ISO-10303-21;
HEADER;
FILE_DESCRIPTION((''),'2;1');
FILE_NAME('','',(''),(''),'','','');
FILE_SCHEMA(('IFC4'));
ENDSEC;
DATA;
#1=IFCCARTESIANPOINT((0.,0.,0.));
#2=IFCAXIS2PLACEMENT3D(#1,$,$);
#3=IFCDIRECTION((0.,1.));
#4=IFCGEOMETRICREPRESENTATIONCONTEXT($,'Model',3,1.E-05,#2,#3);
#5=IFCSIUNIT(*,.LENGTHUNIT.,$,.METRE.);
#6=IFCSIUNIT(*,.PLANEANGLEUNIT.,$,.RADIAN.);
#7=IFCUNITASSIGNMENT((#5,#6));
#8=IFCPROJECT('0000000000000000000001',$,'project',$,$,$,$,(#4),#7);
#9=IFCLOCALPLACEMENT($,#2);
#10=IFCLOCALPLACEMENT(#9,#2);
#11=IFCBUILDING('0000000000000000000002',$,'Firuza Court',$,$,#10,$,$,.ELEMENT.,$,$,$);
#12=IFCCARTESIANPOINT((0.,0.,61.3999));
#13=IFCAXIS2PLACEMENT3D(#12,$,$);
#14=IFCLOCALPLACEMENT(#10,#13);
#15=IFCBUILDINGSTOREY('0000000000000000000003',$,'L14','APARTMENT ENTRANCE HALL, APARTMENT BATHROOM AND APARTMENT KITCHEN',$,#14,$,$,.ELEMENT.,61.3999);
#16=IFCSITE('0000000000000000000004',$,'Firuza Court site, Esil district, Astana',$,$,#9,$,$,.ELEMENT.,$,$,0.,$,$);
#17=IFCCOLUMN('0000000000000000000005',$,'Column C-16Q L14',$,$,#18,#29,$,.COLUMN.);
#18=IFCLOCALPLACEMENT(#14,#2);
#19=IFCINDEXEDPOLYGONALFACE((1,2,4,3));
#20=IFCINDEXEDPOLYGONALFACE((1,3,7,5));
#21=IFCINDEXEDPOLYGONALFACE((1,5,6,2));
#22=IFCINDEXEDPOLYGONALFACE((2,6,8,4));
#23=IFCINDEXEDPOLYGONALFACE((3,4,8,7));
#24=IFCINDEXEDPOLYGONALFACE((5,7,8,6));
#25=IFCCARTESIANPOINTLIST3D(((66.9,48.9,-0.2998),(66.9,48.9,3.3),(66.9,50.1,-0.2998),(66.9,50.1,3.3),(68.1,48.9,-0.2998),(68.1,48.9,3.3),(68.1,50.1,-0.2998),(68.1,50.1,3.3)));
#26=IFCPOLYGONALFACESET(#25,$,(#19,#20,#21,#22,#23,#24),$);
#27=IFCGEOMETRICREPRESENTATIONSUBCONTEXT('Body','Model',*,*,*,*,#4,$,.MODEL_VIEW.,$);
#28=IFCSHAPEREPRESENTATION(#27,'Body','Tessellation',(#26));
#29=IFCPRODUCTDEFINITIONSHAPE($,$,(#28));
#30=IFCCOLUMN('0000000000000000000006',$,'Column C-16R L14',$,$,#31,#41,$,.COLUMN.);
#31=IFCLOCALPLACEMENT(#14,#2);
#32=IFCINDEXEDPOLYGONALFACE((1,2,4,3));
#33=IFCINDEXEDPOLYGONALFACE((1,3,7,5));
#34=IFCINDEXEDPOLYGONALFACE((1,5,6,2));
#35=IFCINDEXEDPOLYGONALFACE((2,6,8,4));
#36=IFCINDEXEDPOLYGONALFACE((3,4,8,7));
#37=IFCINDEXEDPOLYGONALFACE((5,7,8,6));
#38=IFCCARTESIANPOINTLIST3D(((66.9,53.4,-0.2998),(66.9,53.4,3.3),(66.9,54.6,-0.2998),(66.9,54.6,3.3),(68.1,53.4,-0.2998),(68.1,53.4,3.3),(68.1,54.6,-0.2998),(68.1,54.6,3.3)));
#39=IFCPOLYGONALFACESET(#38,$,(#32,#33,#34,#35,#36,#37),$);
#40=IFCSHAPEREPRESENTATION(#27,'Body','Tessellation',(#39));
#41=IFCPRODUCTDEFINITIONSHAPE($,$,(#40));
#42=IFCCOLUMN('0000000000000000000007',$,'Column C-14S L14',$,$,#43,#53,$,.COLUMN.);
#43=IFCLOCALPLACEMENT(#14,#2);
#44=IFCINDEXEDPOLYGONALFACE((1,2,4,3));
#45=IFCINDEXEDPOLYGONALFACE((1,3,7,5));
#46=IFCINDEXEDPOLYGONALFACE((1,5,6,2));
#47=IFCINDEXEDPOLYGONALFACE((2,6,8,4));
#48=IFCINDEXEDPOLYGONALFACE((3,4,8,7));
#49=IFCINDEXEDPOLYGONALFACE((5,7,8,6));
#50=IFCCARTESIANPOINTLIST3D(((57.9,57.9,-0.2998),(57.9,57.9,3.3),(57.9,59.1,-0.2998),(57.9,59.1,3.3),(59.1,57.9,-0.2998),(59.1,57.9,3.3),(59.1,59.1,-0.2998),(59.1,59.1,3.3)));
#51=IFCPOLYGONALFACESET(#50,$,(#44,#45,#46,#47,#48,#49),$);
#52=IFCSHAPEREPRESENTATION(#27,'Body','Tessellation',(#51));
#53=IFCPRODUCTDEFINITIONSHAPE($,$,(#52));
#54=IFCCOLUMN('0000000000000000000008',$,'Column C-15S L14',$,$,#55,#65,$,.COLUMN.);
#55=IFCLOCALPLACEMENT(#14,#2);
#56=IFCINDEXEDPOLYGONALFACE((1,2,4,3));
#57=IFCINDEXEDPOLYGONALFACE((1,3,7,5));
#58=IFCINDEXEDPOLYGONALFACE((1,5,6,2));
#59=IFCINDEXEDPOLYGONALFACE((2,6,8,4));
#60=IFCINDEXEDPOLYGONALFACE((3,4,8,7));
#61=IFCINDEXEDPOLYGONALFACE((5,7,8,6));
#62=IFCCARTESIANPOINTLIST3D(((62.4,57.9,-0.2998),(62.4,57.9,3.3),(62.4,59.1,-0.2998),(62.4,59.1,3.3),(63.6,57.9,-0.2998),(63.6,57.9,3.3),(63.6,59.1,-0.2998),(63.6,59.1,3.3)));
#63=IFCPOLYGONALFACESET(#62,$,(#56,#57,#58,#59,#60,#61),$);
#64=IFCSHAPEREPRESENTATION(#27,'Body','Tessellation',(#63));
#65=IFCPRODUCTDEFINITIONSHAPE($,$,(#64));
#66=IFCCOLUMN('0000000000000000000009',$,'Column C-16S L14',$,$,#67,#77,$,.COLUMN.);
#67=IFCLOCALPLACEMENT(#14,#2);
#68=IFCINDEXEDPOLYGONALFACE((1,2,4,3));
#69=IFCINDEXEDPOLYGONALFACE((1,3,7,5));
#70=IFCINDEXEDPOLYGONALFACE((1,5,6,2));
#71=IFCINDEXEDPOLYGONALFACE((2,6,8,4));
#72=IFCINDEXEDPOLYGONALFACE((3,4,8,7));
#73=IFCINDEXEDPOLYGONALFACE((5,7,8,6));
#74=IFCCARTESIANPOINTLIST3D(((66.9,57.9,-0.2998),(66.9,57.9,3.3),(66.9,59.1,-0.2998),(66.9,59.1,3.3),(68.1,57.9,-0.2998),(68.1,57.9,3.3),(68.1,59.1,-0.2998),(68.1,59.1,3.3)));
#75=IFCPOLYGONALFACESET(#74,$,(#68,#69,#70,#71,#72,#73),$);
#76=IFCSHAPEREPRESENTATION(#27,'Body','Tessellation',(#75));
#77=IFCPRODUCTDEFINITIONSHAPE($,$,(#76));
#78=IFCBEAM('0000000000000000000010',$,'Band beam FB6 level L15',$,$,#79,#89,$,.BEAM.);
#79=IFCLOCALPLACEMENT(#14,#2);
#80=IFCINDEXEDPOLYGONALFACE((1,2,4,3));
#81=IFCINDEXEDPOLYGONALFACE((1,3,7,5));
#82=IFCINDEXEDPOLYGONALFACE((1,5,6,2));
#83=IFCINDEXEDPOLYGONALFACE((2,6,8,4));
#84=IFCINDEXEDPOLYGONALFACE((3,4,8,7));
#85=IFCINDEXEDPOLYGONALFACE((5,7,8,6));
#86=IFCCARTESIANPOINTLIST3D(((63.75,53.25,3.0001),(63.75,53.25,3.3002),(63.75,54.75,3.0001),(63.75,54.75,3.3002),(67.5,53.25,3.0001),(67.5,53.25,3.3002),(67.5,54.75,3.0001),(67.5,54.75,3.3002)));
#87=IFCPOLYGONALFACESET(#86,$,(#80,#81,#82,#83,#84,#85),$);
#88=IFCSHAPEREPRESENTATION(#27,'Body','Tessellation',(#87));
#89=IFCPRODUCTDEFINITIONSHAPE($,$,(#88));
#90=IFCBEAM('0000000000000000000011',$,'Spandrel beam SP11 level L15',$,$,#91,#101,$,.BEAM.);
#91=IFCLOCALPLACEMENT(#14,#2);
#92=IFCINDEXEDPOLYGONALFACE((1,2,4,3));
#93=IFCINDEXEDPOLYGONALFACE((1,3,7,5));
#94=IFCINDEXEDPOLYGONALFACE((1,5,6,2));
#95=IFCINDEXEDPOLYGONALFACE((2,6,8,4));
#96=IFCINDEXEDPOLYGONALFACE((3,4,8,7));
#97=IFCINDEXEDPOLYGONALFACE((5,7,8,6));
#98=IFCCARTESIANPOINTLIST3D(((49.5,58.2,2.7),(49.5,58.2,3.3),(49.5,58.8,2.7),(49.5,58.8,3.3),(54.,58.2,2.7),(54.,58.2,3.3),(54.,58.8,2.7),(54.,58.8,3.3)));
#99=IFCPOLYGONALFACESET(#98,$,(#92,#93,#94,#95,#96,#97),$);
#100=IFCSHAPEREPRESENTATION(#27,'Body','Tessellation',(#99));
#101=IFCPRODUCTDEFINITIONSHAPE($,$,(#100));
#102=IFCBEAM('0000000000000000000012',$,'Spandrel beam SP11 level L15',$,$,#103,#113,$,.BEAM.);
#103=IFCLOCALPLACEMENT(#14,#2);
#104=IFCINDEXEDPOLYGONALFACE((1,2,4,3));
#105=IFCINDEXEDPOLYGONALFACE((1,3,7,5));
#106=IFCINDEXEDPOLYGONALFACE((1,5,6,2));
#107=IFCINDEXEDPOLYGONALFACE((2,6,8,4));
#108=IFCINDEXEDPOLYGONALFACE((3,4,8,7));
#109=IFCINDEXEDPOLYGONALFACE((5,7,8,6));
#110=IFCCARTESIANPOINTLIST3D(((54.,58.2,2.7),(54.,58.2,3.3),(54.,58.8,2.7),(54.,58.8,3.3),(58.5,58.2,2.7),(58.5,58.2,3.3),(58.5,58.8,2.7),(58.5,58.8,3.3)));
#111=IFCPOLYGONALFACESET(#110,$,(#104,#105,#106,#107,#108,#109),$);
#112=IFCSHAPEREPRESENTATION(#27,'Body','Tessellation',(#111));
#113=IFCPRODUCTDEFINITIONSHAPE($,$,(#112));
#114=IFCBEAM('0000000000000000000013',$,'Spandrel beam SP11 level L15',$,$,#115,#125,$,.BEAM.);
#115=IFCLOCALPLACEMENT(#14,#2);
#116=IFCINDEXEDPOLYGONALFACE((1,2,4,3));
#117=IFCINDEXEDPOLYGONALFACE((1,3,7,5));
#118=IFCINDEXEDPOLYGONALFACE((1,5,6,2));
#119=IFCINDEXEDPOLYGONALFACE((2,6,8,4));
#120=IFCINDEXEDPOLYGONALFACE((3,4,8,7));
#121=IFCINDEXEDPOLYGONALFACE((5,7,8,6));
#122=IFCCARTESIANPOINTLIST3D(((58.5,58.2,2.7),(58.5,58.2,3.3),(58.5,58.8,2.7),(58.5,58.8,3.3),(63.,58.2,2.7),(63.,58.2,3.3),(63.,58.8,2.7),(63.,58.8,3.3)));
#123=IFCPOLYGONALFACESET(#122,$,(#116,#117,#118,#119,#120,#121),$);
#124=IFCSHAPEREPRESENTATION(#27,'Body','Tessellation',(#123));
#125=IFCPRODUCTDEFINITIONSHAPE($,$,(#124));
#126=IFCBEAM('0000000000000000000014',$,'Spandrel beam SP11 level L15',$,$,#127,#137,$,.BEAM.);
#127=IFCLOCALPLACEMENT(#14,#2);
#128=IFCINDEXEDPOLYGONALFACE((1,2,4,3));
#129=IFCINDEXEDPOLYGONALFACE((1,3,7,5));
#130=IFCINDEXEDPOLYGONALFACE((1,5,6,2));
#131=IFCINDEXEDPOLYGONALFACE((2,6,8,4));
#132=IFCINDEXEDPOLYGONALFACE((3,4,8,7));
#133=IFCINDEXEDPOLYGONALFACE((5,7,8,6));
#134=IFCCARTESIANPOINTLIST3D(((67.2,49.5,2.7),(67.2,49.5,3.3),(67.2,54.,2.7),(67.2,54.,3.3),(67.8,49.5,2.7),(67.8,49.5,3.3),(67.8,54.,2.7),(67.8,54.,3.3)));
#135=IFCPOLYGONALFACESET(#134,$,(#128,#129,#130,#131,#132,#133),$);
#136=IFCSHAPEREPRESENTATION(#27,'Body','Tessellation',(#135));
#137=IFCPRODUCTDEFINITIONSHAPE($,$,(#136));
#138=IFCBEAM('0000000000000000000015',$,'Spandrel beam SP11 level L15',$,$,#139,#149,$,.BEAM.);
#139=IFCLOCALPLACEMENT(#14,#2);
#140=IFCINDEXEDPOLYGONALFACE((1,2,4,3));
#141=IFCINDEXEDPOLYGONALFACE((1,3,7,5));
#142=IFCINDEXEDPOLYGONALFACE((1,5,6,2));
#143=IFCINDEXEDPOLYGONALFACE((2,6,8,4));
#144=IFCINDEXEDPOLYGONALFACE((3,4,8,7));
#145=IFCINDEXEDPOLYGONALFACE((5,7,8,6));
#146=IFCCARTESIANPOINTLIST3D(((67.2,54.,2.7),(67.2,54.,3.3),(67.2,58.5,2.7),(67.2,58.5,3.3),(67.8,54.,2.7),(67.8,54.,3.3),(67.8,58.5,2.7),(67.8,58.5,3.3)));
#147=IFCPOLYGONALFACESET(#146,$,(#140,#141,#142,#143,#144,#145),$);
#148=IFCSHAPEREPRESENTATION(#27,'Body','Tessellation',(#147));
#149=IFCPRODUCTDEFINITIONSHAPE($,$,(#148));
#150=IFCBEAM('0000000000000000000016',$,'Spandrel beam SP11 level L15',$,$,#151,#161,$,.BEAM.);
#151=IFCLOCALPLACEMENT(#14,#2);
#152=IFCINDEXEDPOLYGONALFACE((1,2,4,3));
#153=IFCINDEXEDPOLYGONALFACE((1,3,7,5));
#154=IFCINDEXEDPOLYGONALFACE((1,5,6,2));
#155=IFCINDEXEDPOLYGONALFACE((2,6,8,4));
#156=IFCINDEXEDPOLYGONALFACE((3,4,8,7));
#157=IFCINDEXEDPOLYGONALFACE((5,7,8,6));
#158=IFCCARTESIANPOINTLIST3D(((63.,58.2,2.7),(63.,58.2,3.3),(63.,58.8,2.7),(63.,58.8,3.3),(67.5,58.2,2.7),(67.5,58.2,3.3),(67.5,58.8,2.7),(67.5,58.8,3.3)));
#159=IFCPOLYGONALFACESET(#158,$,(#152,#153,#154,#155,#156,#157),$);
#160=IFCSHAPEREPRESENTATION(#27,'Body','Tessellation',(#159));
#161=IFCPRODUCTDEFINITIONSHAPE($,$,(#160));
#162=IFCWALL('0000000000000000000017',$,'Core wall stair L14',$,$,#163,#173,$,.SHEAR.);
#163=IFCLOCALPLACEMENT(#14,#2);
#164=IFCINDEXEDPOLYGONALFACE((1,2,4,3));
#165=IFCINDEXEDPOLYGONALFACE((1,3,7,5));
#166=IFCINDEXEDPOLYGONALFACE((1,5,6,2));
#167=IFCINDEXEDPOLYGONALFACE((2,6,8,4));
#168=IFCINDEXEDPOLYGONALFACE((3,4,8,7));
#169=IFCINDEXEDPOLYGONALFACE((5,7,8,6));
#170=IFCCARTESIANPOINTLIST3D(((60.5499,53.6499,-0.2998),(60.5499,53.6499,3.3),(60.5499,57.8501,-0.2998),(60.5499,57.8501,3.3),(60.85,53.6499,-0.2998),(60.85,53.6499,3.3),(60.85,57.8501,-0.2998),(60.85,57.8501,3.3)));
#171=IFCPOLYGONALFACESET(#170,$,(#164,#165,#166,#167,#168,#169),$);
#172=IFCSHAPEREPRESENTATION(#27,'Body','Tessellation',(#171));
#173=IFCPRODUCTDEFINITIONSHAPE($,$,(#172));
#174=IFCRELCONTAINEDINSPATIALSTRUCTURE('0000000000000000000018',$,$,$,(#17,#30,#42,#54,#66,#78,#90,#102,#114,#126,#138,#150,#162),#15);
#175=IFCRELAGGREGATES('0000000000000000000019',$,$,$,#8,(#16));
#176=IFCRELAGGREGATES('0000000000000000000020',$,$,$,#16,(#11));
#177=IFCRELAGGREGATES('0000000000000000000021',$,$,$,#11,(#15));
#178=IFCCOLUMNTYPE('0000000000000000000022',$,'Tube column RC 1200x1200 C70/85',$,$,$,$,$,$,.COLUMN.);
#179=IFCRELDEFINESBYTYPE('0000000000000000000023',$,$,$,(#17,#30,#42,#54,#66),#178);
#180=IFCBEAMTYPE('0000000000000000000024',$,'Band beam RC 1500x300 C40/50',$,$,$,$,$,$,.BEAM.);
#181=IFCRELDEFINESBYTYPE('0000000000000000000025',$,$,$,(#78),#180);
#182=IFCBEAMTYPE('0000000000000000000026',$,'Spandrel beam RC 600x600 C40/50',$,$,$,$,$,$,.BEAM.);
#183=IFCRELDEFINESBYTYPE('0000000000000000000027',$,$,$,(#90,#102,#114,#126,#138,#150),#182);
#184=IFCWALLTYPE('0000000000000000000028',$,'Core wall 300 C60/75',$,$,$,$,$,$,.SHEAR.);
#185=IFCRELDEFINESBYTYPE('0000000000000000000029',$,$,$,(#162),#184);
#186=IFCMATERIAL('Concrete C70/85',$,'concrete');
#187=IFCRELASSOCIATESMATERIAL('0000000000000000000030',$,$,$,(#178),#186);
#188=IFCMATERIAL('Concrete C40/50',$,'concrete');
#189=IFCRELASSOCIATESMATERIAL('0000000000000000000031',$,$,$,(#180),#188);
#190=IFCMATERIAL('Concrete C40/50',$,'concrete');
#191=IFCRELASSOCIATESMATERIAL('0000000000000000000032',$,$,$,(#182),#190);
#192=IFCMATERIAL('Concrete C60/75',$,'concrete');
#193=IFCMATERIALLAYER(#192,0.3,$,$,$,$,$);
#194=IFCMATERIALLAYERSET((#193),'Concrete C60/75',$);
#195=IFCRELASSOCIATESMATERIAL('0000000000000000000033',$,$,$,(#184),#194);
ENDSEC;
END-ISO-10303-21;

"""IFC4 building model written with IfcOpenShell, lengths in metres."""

from ifc_helpers import new_model, si_unit, direction, frame, frame_2d, origin, origin_2d, place, context, subcontext, project, spatial, rectangle, extrude, material, layer, layer_set, material_profile, profile_set, type_object, element, save


model = new_model("IFC4")

# Units and contexts
model_context = context("Model", 3, precision=1e-05, world=origin(), true_north=direction((0.0, 1.0)))
body_context = subcontext(model_context, "Body", "Model", "MODEL_VIEW")
ifc_project = project(units=[si_unit("LENGTHUNIT", "METRE"), si_unit("PLANEANGLEUNIT", "RADIAN")], contexts=[model_context])

# Site, building, storey
site_placement = place(None, origin())
site = spatial("IfcSite", under=ifc_project, at=site_placement, Name="Firuza Court site, Esil district, Astana", CompositionType="ELEMENT", RefElevation=0.0)
building_placement = place(site_placement, origin())
building = spatial("IfcBuilding", under=site, at=building_placement, Name="Firuza Court", CompositionType="ELEMENT")
storey_placement = place(building_placement, frame((0.0, 0.0, 61.3999)))
storey = spatial("IfcBuildingStorey", under=building, at=storey_placement, Name="L14", Description="APARTMENT ENTRANCE HALL, APARTMENT BATHROOM AND APARTMENT KITCHEN", CompositionType="ELEMENT", Elevation=61.3999)

# Columns
ifc_material_1 = material(Name="Concrete C70/85", Category="concrete")
ifc_material_profile_1 = material_profile(ifc_material_1, rectangle(XDim=1.2, YDim=1.2, at=origin_2d()), Name="RC 1200x1200")
ifc_profile_set_1 = profile_set([ifc_material_profile_1], Name="Concrete C70/85")
column_type = type_object("IfcColumnType", Name="Tube column RC 1200x1200 C70/85", PredefinedType="COLUMN", material=ifc_profile_set_1)
for number, where, z_axis, x_axis, name in (
    (1, (67.5, 49.5, -0.2998), (0.0, 0.0, 1.0), (1.0, 0.0, 0.0), "Column C-16Q L14"),
    (2, (67.5, 54.0, -0.2998), (0.0, 0.0, 1.0), (1.0, 0.0, 0.0), "Column C-16R L14"),
    (3, (58.5, 58.5, -0.2998), (0.0, 0.0, 1.0), (1.0, 0.0, 0.0), "Column C-14S L14"),
    (4, (63.0, 58.5, -0.2998), (0.0, 0.0, 1.0), (1.0, 0.0, 0.0), "Column C-15S L14"),
    (5, (67.5, 58.5, -0.2998), (0.0, 0.0, 1.0), (1.0, 0.0, 0.0), "Column C-16S L14"),
):
    element("IfcColumn", number, at=place(storey_placement, frame(where, z_axis=z_axis, x_axis=x_axis)), inside=storey, type_object=column_type, Name=name, PredefinedType="COLUMN", context=body_context, shape_type="SweptSolid", body=[
        extrude(rectangle(XDim=1.2, YDim=1.2, at=origin_2d()), origin(), (0.0, 0.0, 1.0), 3.5999),
    ])

# Beams
ifc_material_2 = material(Name="Concrete C40/50", Category="concrete")
ifc_material_profile_2 = material_profile(ifc_material_2, rectangle(XDim=1.5, YDim=0.3, at=origin_2d()), Name="RC 1500x300")
ifc_profile_set_2 = profile_set([ifc_material_profile_2], Name="Concrete C40/50")
beam_type_1 = type_object("IfcBeamType", Name="Band beam RC 1500x300 C40/50", PredefinedType="BEAM", material=ifc_profile_set_2)
beam_placement = place(storey_placement, frame((67.5, 54.0, 3.1501), z_axis=(-1.0, 0.0, 0.0), x_axis=(0.0, -1.0, 0.0)))
element("IfcBeam", 6, at=beam_placement, inside=storey, type_object=beam_type_1, Name="Band beam FB6 level L15", PredefinedType="BEAM", context=body_context, shape_type="SweptSolid", body=[
    extrude(rectangle(XDim=1.5, YDim=0.3, at=origin_2d()), origin(), (0.0, 0.0, 1.0), 3.75),
])
ifc_material_3 = material(Name="Concrete C40/50", Category="concrete")
ifc_material_profile_3 = material_profile(ifc_material_3, rectangle(XDim=0.6001, YDim=0.6001, at=origin_2d()), Name="RC 600x600")
ifc_profile_set_3 = profile_set([ifc_material_profile_3], Name="Concrete C40/50")
beam_type_2 = type_object("IfcBeamType", Name="Spandrel beam RC 600x600 C40/50", PredefinedType="BEAM", material=ifc_profile_set_3)
for number, where, z_axis, x_axis, name in (
    (7, (54.0, 58.5, 3.0), (-1.0, 0.0, 0.0), (0.0, -1.0, 0.0), "Spandrel beam SP11 level L15"),
    (8, (58.5, 58.5, 3.0), (-1.0, 0.0, 0.0), (0.0, -1.0, 0.0), "Spandrel beam SP11 level L15"),
    (9, (63.0, 58.5, 3.0), (-1.0, 0.0, 0.0), (0.0, -1.0, 0.0), "Spandrel beam SP11 level L15"),
    (10, (67.5, 49.5, 3.0), (0.0, 1.0, 0.0), (-1.0, 0.0, 0.0), "Spandrel beam SP11 level L15"),
    (11, (67.5, 54.0, 3.0), (0.0, 1.0, 0.0), (-1.0, 0.0, 0.0), "Spandrel beam SP11 level L15"),
    (12, (67.5, 58.5, 3.0), (-1.0, 0.0, 0.0), (0.0, -1.0, 0.0), "Spandrel beam SP11 level L15"),
):
    element("IfcBeam", number, at=place(storey_placement, frame(where, z_axis=z_axis, x_axis=x_axis)), inside=storey, type_object=beam_type_2, Name=name, PredefinedType="BEAM", context=body_context, shape_type="SweptSolid", body=[
        extrude(rectangle(XDim=0.6001, YDim=0.6001, at=origin_2d()), origin(), (0.0, 0.0, 1.0), 4.5),
    ])

# Wall
ifc_material_4 = material(Name="Concrete C60/75", Category="concrete")
ifc_layer_1 = layer(ifc_material_4, 0.3)
ifc_layer_set_1 = layer_set([ifc_layer_1], Name="Concrete C60/75")
wall_type_1 = type_object("IfcWallType", Name="Core wall 300 C60/75", PredefinedType="SHEAR", material=ifc_layer_set_1)
wall_1_placement = place(storey_placement, frame((60.7, 53.6499, -0.2998), z_axis=(0.0, 0.0, 1.0), x_axis=(0.0, 1.0, 0.0)))
element("IfcWall", 13, at=wall_1_placement, inside=storey, type_object=wall_type_1, Name="Core wall stair L14", PredefinedType="SHEAR", context=body_context, shape_type="SweptSolid", body=[
    extrude(rectangle(XDim=4.2002, YDim=0.3, at=frame_2d((2.1001, 0.0))), origin(), (0.0, 0.0, 1.0), 3.5999),
])

save(model, "model.ifc")
